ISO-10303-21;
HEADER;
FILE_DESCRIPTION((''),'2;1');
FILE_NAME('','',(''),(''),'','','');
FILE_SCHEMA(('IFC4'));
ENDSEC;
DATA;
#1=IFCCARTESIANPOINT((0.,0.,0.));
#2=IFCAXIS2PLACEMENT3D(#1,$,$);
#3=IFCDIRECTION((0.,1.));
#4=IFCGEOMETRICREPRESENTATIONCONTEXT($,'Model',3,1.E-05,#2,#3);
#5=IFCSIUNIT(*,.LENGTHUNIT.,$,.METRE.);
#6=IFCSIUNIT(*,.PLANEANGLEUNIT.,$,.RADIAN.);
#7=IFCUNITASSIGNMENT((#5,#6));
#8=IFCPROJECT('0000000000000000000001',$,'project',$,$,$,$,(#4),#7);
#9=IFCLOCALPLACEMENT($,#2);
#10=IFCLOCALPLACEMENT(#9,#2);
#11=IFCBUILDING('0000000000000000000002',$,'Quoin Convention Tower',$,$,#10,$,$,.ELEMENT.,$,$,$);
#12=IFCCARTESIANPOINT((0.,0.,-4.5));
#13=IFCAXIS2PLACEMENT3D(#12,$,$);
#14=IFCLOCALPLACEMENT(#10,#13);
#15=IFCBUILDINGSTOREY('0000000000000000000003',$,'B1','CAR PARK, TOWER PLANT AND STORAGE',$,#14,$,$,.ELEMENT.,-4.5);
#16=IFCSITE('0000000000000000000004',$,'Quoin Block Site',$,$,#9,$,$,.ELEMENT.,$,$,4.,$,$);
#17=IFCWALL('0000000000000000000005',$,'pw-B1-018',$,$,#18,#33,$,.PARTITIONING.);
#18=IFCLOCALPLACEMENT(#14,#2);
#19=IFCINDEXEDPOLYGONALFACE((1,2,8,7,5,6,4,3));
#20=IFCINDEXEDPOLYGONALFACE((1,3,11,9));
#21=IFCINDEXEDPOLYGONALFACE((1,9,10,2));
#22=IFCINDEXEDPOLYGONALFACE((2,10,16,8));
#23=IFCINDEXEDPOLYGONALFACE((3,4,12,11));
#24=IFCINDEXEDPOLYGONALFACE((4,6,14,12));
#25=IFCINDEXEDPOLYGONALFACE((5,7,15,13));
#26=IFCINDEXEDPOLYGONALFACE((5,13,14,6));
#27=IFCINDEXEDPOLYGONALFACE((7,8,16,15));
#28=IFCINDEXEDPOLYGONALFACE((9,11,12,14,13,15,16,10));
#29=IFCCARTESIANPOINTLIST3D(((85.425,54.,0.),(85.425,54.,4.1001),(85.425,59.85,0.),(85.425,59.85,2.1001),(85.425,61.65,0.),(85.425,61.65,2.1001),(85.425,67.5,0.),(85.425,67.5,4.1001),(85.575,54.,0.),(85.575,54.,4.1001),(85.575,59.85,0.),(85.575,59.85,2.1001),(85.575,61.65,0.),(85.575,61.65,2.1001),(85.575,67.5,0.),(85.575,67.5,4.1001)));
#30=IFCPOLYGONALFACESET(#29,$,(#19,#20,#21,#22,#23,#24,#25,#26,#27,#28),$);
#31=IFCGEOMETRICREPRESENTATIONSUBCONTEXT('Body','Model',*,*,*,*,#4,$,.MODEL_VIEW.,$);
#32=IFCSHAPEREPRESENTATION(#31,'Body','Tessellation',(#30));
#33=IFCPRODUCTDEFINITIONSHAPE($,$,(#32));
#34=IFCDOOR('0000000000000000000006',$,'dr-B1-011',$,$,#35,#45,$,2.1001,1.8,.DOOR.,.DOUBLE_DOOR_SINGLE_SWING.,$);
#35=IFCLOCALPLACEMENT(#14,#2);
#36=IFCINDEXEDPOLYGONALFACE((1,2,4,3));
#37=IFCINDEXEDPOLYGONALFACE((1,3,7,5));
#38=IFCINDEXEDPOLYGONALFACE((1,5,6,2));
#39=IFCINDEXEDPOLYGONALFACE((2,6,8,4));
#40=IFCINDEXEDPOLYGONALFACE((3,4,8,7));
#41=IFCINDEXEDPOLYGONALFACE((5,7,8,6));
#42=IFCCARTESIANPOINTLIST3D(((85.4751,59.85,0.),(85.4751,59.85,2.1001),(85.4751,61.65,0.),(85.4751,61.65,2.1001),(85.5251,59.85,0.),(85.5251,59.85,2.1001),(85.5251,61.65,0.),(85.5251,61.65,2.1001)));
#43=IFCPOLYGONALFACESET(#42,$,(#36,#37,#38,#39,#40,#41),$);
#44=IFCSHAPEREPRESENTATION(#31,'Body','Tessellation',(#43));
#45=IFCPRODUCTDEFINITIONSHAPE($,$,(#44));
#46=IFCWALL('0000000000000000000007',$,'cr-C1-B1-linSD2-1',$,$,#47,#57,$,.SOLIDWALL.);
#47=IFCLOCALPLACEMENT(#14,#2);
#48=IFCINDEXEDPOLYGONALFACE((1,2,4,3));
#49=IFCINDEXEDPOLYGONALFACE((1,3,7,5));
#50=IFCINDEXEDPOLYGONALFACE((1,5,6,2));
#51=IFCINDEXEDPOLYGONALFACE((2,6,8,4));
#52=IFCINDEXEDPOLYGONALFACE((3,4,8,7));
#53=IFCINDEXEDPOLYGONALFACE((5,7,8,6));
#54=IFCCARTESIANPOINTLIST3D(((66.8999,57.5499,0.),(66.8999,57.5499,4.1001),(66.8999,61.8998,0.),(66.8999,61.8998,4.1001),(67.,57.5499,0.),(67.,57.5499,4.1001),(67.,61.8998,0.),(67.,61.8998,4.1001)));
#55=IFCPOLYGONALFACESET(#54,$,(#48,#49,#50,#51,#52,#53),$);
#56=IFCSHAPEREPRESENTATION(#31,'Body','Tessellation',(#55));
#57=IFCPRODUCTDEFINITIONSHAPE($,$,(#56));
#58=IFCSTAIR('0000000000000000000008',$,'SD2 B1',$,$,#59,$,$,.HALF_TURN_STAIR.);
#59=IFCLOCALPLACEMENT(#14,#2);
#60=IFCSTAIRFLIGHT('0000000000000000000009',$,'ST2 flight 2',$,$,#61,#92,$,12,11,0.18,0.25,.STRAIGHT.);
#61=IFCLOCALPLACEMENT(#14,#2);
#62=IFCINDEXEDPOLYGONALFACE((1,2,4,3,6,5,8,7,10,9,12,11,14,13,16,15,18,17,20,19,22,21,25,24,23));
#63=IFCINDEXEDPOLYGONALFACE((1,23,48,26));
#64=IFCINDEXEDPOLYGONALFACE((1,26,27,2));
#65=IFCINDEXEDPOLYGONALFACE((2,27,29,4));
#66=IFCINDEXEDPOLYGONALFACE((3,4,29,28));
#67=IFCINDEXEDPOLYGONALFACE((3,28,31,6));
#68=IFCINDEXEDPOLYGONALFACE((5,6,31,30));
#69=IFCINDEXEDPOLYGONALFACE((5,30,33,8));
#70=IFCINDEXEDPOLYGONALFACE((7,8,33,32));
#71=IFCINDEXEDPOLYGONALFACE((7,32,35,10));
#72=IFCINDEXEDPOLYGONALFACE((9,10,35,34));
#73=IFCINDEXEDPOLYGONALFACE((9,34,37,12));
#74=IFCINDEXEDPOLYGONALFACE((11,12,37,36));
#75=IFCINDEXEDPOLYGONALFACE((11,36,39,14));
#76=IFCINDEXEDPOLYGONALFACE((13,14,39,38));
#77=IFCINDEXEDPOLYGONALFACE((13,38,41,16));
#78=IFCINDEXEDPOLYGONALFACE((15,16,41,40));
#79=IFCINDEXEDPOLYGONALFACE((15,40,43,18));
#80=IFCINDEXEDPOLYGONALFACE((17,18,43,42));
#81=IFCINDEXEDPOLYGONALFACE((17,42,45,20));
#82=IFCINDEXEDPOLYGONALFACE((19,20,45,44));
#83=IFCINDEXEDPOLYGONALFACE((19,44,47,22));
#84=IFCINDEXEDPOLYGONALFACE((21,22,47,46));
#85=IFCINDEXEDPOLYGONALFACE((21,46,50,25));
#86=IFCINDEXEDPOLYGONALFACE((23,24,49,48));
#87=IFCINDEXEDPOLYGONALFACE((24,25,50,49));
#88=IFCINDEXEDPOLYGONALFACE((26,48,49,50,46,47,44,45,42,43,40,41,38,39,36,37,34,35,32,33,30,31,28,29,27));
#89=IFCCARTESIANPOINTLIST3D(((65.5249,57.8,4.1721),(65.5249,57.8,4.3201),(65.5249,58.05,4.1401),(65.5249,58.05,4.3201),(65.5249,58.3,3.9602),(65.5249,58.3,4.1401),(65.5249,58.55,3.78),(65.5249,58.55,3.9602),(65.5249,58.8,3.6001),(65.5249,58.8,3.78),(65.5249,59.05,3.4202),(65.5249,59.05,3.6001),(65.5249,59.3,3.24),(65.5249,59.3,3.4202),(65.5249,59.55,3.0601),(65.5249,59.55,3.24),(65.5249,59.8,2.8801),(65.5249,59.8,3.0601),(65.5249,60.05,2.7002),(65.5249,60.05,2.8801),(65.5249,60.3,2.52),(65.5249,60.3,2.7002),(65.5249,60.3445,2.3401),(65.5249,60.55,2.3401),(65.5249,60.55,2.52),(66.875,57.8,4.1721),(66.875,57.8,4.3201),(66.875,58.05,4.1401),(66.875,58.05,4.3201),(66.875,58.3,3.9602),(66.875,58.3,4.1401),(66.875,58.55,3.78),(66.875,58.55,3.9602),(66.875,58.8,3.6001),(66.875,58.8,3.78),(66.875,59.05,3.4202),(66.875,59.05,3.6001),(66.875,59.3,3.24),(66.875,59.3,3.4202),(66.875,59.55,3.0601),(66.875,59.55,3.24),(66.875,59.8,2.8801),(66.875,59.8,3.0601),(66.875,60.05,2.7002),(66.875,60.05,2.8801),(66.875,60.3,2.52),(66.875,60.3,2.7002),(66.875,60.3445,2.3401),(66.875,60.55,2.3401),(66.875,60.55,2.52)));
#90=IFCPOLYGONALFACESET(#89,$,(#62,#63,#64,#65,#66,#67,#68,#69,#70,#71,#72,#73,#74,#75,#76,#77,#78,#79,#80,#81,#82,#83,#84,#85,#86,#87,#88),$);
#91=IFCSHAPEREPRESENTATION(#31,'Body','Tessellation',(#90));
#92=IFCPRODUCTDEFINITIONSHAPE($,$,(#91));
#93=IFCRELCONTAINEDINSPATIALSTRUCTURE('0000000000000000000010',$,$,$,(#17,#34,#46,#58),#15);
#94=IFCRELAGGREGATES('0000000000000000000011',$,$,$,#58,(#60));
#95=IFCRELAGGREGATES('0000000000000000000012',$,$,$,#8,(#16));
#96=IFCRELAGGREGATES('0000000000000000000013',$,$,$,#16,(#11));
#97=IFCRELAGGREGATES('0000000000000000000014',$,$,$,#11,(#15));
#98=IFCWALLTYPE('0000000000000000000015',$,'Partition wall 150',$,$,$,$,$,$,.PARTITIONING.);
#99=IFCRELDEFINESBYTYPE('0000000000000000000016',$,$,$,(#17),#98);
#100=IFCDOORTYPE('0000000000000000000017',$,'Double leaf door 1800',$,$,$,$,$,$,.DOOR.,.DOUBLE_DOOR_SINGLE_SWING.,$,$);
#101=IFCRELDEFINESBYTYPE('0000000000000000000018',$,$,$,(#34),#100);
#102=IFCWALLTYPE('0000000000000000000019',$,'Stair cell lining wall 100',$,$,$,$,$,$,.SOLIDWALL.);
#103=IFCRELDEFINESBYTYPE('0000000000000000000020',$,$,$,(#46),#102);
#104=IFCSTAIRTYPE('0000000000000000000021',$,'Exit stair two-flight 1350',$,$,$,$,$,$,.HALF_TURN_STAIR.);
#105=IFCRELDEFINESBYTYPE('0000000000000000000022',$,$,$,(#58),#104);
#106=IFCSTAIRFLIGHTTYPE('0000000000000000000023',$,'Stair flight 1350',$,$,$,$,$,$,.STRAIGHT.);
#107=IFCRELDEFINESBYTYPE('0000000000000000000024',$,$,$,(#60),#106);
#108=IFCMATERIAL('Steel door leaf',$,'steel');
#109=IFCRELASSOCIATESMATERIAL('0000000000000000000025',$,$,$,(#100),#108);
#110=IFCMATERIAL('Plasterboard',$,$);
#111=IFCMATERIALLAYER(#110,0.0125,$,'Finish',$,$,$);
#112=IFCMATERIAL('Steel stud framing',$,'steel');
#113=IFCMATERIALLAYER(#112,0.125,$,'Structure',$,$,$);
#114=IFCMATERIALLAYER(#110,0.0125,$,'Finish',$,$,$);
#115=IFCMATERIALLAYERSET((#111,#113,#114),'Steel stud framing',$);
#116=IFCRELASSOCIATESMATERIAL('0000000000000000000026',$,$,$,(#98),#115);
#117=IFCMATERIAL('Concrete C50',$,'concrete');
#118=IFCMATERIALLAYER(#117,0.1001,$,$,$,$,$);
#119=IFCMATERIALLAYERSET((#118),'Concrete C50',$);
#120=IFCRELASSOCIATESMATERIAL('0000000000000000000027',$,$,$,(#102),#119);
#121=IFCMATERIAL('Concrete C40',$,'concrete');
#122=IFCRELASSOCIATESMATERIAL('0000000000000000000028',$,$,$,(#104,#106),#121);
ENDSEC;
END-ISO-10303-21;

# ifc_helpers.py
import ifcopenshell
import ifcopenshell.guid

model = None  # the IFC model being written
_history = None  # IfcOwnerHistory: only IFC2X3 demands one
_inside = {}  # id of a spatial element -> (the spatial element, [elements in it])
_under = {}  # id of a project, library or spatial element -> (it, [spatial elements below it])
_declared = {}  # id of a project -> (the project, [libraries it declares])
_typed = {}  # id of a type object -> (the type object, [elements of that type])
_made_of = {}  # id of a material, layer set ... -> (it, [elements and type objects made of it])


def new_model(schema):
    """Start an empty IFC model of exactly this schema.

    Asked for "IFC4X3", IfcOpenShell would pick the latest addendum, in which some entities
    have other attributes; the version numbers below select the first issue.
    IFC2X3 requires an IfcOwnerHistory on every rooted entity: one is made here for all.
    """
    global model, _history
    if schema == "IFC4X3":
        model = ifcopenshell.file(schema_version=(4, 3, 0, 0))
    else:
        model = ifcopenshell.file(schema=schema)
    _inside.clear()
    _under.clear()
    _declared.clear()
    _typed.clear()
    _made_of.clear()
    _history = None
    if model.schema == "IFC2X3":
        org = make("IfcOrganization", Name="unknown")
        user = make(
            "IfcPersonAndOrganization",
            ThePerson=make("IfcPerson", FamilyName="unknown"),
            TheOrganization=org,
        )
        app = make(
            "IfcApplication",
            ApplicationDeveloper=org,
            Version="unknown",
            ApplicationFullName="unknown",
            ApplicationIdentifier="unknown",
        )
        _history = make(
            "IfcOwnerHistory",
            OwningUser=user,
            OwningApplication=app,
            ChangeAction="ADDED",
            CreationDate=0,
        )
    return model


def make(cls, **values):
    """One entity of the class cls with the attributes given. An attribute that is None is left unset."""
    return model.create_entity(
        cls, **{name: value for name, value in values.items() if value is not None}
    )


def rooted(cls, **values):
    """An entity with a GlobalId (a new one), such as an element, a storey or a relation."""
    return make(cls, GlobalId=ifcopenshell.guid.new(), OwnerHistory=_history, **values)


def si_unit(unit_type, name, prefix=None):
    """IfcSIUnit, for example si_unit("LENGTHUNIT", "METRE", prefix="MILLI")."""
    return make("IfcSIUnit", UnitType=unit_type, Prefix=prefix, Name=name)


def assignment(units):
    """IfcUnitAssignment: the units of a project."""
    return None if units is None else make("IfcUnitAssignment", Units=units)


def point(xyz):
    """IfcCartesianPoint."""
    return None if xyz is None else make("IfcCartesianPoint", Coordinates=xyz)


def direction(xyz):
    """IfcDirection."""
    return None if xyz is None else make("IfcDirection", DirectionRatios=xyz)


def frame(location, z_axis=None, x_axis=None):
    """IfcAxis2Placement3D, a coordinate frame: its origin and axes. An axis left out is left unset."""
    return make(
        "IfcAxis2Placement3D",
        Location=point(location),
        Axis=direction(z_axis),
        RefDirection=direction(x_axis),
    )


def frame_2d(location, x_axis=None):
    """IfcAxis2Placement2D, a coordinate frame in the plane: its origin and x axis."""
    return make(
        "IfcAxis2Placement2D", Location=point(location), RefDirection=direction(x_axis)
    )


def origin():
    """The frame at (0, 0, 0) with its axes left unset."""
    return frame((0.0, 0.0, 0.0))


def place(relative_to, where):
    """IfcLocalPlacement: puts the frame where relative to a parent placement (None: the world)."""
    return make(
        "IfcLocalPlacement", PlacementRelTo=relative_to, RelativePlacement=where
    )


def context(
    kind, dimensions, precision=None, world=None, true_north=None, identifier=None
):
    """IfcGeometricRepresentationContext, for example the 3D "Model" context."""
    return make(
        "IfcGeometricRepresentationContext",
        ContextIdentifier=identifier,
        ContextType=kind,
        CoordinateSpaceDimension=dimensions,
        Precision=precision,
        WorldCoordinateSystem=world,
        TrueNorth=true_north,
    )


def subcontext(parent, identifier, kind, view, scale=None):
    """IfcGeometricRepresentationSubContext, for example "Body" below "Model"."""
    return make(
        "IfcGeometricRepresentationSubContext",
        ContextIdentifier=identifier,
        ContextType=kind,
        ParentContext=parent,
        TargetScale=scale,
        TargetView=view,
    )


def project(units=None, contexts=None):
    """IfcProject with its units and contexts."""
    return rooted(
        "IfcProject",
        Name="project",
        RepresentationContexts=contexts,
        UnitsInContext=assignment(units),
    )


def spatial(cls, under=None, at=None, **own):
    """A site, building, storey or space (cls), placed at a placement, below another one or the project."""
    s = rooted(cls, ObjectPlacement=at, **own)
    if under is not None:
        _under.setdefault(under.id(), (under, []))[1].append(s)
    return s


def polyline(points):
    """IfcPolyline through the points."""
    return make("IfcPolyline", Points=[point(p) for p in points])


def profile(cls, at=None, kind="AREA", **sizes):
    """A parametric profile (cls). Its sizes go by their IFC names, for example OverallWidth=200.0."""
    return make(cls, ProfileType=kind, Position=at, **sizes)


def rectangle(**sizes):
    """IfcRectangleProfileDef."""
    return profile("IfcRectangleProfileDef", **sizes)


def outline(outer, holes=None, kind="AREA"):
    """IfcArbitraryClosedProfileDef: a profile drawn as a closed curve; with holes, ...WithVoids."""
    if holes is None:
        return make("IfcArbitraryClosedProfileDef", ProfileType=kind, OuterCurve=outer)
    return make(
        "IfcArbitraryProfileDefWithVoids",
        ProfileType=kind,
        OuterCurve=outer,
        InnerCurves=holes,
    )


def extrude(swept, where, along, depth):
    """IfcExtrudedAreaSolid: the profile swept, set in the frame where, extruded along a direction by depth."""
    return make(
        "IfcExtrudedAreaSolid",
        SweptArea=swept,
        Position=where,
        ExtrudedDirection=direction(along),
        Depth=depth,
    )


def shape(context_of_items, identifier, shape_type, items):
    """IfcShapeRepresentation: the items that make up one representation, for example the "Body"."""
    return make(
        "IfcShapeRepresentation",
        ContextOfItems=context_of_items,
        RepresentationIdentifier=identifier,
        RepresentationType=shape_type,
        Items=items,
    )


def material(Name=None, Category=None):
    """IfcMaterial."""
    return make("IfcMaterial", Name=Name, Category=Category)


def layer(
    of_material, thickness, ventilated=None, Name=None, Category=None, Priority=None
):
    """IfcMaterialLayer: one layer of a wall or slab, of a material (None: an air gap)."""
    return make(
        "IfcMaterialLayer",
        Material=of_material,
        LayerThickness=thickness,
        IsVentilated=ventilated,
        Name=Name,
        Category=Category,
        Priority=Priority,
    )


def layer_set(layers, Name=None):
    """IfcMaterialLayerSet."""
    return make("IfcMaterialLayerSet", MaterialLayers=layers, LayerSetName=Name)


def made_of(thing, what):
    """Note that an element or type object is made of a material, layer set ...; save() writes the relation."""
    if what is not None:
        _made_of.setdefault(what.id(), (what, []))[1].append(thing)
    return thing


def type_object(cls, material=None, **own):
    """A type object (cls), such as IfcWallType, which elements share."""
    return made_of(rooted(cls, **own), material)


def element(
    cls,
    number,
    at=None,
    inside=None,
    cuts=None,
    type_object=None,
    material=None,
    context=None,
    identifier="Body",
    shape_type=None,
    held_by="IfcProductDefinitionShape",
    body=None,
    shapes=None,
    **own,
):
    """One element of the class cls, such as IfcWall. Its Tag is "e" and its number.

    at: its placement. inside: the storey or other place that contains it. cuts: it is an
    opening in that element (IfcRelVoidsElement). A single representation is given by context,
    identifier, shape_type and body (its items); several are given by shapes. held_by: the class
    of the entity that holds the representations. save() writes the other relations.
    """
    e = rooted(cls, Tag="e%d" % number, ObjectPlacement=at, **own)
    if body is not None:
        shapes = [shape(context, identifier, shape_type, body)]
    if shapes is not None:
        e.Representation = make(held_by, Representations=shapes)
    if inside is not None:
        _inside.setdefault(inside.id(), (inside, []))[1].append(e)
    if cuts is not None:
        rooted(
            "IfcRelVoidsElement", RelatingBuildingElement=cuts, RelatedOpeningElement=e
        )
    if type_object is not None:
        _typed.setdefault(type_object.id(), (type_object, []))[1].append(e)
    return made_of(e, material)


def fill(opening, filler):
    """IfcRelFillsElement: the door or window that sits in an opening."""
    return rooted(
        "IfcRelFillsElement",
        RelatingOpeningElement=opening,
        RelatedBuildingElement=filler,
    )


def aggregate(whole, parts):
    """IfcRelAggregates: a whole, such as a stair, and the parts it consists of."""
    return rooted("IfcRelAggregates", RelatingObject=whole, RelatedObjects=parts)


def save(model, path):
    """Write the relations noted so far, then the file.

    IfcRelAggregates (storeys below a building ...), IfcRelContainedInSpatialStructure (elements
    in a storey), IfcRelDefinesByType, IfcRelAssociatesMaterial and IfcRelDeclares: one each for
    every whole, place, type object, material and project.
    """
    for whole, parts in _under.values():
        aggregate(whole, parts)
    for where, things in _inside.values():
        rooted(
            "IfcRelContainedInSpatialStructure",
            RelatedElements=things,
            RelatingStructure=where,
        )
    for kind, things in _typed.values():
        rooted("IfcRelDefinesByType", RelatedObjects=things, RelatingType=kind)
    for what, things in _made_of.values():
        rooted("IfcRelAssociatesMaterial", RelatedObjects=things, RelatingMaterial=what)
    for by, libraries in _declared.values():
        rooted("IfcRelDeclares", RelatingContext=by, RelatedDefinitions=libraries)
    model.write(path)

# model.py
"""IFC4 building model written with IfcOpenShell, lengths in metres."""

from ifc_helpers import new_model, si_unit, direction, frame, frame_2d, origin, place, context, subcontext, project, spatial, polyline, rectangle, outline, extrude, material, layer, layer_set, type_object, element, fill, aggregate, save


model = new_model("IFC4")

# Units and contexts
model_context = context("Model", 3, precision=1e-05, world=origin(), true_north=direction((0.0, 1.0)))
body_context = subcontext(model_context, "Body", "Model", "MODEL_VIEW")
ifc_project = project(units=[si_unit("LENGTHUNIT", "METRE"), si_unit("PLANEANGLEUNIT", "RADIAN")], contexts=[model_context])

# Site, building, storey
site_placement = place(None, origin())
site = spatial("IfcSite", under=ifc_project, at=site_placement, Name="Quoin Block Site", CompositionType="ELEMENT", RefElevation=4.0)
building_placement = place(site_placement, origin())
building = spatial("IfcBuilding", under=site, at=building_placement, Name="Quoin Convention Tower", CompositionType="ELEMENT")
storey_placement = place(building_placement, frame((0.0, 0.0, -4.5)))
storey = spatial("IfcBuildingStorey", under=building, at=storey_placement, Name="B1", Description="CAR PARK, TOWER PLANT AND STORAGE", CompositionType="ELEMENT", Elevation=-4.5)

# Shared definitions
ifc_material_1 = material(Name="Concrete C40", Category="concrete")

# Shared definitions
ifc_material_2 = material(Name="Plasterboard")
ifc_material_3 = material(Name="Steel stud framing", Category="steel")

# Shared definitions
ifc_material_4 = material(Name="Steel door leaf", Category="steel")
door_type_1 = type_object("IfcDoorType", Name="Double leaf door 1800", OperationType="DOUBLE_DOOR_SINGLE_SWING", PredefinedType="DOOR", material=ifc_material_4)

# Shared definitions
ifc_material_5 = material(Name="Concrete C50", Category="concrete")

# Wall, opening, door
ifc_layer_1 = layer(ifc_material_2, 0.0125, Name="Finish")
ifc_layer_2 = layer(ifc_material_3, 0.125, Name="Structure")
ifc_layer_3 = layer(ifc_material_2, 0.0125, Name="Finish")
ifc_layer_set_1 = layer_set([ifc_layer_1, ifc_layer_2, ifc_layer_3], Name="Steel stud framing")
wall_type_1 = type_object("IfcWallType", Name="Partition wall 150", PredefinedType="PARTITIONING", material=ifc_layer_set_1)
wall_1_placement = place(storey_placement, frame((85.5, 54.0, 0.0), z_axis=(0.0, 0.0, 1.0), x_axis=(0.0, 1.0, 0.0)))
wall_1 = element("IfcWall", 1, at=wall_1_placement, inside=storey, type_object=wall_type_1, Name="pw-B1-018", PredefinedType="PARTITIONING", context=body_context, shape_type="SweptSolid", body=[
    extrude(rectangle(XDim=13.5, YDim=0.1499, at=frame_2d((6.75, 0.0))), origin(), (0.0, 0.0, 1.0), 4.1001),
])
opening_1_placement = place(wall_1_placement, frame((5.8501, 0.0, 0.0)))
opening_1 = element("IfcOpeningElement", 2, at=opening_1_placement, cuts=wall_1, PredefinedType="OPENING", context=body_context, shape_type="SweptSolid", body=[
    extrude(rectangle(XDim=1.8, YDim=2.1001, at=frame_2d((0.8999, 1.05))), frame((0.0, 0.085, 0.0), z_axis=(0.0, -1.0, 0.0), x_axis=(1.0, 0.0, 0.0)), (0.0, 0.0, 1.0), 0.1699),
])
door_1_placement = place(opening_1_placement, origin())
door_1 = element("IfcDoor", 3, at=door_1_placement, inside=storey, type_object=door_type_1, Name="dr-B1-011", OperationType="DOUBLE_DOOR_SINGLE_SWING", OverallHeight=2.1001, OverallWidth=1.8, PredefinedType="DOOR", context=body_context, shape_type="SweptSolid", body=[
    extrude(rectangle(XDim=1.8, YDim=2.1001, at=frame_2d((0.8999, 1.05))), frame((0.0, 0.0249, 0.0), z_axis=(0.0, -1.0, 0.0), x_axis=(1.0, 0.0, 0.0)), (0.0, 0.0, 1.0), 0.05),
])
fill(opening_1, door_1)

# Wall
ifc_layer_4 = layer(ifc_material_5, 0.1001)
ifc_layer_set_2 = layer_set([ifc_layer_4], Name="Concrete C50")
wall_type_2 = type_object("IfcWallType", Name="Stair cell lining wall 100", PredefinedType="SOLIDWALL", material=ifc_layer_set_2)
wall_2_placement = place(storey_placement, frame((66.95, 57.55, 0.0), z_axis=(0.0, 0.0, 1.0), x_axis=(0.0, 1.0, 0.0)))
element("IfcWall", 4, at=wall_2_placement, inside=storey, type_object=wall_type_2, Name="cr-C1-B1-linSD2-1", PredefinedType="SOLIDWALL", context=body_context, shape_type="SweptSolid", body=[
    extrude(rectangle(XDim=4.3499, YDim=0.1001, at=frame_2d((2.1748, 0.0))), origin(), (0.0, 0.0, 1.0), 4.1001),
])

# Stair, stair flight
stair_type = type_object("IfcStairType", Name="Exit stair two-flight 1350", PredefinedType="HALF_TURN_STAIR", material=ifc_material_1)
stair_placement = place(storey_placement, origin())
stair = element("IfcStair", 5, at=stair_placement, inside=storey, type_object=stair_type, Name="SD2 B1", PredefinedType="HALF_TURN_STAIR")
stair_flight_type = type_object("IfcStairFlightType", Name="Stair flight 1350", PredefinedType="STRAIGHT", material=ifc_material_1)
stair_flight_placement = place(storey_placement, frame((66.2, 60.55, 2.3401), z_axis=(0.0, 0.0, 1.0), x_axis=(0.0, -1.0, 0.0)))
stair_flight = element("IfcStairFlight", 6, at=stair_flight_placement, type_object=stair_flight_type, Name="ST2 flight 2", NumberOfRisers=12, NumberOfTreads=11, PredefinedType="STRAIGHT", RiserHeight=0.18, TreadLength=0.25, context=body_context, shape_type="SweptSolid", body=[
    extrude(outline(polyline([(0.0, 0.0), (0.0, 0.1799), (0.25, 0.1799), (0.25, 0.3601), (0.5, 0.3601), (0.5, 0.54), (0.75, 0.54), (0.75, 0.72), (1.0, 0.72), (1.0, 0.8999), (1.25, 0.8999), (1.25, 1.0801), (1.5, 1.0801), (1.5, 1.26), (1.75, 1.26), (1.75, 1.4399), (2.0, 1.4399), (2.0, 1.6201), (2.25, 1.6201), (2.25, 1.8), (2.5, 1.8), (2.5, 1.98), (2.75, 1.98), (2.75, 2.1599), (2.75, 1.832), (0.2056, 0.0), (0.0, 0.0)])), frame((0.0, 0.675, 0.0), z_axis=(0.0, -1.0, 0.0), x_axis=(1.0, 0.0, 0.0)), (0.0, 0.0, 1.0), 1.3501),
])
aggregate(stair, [stair_flight])

save(model, "model.ifc")
